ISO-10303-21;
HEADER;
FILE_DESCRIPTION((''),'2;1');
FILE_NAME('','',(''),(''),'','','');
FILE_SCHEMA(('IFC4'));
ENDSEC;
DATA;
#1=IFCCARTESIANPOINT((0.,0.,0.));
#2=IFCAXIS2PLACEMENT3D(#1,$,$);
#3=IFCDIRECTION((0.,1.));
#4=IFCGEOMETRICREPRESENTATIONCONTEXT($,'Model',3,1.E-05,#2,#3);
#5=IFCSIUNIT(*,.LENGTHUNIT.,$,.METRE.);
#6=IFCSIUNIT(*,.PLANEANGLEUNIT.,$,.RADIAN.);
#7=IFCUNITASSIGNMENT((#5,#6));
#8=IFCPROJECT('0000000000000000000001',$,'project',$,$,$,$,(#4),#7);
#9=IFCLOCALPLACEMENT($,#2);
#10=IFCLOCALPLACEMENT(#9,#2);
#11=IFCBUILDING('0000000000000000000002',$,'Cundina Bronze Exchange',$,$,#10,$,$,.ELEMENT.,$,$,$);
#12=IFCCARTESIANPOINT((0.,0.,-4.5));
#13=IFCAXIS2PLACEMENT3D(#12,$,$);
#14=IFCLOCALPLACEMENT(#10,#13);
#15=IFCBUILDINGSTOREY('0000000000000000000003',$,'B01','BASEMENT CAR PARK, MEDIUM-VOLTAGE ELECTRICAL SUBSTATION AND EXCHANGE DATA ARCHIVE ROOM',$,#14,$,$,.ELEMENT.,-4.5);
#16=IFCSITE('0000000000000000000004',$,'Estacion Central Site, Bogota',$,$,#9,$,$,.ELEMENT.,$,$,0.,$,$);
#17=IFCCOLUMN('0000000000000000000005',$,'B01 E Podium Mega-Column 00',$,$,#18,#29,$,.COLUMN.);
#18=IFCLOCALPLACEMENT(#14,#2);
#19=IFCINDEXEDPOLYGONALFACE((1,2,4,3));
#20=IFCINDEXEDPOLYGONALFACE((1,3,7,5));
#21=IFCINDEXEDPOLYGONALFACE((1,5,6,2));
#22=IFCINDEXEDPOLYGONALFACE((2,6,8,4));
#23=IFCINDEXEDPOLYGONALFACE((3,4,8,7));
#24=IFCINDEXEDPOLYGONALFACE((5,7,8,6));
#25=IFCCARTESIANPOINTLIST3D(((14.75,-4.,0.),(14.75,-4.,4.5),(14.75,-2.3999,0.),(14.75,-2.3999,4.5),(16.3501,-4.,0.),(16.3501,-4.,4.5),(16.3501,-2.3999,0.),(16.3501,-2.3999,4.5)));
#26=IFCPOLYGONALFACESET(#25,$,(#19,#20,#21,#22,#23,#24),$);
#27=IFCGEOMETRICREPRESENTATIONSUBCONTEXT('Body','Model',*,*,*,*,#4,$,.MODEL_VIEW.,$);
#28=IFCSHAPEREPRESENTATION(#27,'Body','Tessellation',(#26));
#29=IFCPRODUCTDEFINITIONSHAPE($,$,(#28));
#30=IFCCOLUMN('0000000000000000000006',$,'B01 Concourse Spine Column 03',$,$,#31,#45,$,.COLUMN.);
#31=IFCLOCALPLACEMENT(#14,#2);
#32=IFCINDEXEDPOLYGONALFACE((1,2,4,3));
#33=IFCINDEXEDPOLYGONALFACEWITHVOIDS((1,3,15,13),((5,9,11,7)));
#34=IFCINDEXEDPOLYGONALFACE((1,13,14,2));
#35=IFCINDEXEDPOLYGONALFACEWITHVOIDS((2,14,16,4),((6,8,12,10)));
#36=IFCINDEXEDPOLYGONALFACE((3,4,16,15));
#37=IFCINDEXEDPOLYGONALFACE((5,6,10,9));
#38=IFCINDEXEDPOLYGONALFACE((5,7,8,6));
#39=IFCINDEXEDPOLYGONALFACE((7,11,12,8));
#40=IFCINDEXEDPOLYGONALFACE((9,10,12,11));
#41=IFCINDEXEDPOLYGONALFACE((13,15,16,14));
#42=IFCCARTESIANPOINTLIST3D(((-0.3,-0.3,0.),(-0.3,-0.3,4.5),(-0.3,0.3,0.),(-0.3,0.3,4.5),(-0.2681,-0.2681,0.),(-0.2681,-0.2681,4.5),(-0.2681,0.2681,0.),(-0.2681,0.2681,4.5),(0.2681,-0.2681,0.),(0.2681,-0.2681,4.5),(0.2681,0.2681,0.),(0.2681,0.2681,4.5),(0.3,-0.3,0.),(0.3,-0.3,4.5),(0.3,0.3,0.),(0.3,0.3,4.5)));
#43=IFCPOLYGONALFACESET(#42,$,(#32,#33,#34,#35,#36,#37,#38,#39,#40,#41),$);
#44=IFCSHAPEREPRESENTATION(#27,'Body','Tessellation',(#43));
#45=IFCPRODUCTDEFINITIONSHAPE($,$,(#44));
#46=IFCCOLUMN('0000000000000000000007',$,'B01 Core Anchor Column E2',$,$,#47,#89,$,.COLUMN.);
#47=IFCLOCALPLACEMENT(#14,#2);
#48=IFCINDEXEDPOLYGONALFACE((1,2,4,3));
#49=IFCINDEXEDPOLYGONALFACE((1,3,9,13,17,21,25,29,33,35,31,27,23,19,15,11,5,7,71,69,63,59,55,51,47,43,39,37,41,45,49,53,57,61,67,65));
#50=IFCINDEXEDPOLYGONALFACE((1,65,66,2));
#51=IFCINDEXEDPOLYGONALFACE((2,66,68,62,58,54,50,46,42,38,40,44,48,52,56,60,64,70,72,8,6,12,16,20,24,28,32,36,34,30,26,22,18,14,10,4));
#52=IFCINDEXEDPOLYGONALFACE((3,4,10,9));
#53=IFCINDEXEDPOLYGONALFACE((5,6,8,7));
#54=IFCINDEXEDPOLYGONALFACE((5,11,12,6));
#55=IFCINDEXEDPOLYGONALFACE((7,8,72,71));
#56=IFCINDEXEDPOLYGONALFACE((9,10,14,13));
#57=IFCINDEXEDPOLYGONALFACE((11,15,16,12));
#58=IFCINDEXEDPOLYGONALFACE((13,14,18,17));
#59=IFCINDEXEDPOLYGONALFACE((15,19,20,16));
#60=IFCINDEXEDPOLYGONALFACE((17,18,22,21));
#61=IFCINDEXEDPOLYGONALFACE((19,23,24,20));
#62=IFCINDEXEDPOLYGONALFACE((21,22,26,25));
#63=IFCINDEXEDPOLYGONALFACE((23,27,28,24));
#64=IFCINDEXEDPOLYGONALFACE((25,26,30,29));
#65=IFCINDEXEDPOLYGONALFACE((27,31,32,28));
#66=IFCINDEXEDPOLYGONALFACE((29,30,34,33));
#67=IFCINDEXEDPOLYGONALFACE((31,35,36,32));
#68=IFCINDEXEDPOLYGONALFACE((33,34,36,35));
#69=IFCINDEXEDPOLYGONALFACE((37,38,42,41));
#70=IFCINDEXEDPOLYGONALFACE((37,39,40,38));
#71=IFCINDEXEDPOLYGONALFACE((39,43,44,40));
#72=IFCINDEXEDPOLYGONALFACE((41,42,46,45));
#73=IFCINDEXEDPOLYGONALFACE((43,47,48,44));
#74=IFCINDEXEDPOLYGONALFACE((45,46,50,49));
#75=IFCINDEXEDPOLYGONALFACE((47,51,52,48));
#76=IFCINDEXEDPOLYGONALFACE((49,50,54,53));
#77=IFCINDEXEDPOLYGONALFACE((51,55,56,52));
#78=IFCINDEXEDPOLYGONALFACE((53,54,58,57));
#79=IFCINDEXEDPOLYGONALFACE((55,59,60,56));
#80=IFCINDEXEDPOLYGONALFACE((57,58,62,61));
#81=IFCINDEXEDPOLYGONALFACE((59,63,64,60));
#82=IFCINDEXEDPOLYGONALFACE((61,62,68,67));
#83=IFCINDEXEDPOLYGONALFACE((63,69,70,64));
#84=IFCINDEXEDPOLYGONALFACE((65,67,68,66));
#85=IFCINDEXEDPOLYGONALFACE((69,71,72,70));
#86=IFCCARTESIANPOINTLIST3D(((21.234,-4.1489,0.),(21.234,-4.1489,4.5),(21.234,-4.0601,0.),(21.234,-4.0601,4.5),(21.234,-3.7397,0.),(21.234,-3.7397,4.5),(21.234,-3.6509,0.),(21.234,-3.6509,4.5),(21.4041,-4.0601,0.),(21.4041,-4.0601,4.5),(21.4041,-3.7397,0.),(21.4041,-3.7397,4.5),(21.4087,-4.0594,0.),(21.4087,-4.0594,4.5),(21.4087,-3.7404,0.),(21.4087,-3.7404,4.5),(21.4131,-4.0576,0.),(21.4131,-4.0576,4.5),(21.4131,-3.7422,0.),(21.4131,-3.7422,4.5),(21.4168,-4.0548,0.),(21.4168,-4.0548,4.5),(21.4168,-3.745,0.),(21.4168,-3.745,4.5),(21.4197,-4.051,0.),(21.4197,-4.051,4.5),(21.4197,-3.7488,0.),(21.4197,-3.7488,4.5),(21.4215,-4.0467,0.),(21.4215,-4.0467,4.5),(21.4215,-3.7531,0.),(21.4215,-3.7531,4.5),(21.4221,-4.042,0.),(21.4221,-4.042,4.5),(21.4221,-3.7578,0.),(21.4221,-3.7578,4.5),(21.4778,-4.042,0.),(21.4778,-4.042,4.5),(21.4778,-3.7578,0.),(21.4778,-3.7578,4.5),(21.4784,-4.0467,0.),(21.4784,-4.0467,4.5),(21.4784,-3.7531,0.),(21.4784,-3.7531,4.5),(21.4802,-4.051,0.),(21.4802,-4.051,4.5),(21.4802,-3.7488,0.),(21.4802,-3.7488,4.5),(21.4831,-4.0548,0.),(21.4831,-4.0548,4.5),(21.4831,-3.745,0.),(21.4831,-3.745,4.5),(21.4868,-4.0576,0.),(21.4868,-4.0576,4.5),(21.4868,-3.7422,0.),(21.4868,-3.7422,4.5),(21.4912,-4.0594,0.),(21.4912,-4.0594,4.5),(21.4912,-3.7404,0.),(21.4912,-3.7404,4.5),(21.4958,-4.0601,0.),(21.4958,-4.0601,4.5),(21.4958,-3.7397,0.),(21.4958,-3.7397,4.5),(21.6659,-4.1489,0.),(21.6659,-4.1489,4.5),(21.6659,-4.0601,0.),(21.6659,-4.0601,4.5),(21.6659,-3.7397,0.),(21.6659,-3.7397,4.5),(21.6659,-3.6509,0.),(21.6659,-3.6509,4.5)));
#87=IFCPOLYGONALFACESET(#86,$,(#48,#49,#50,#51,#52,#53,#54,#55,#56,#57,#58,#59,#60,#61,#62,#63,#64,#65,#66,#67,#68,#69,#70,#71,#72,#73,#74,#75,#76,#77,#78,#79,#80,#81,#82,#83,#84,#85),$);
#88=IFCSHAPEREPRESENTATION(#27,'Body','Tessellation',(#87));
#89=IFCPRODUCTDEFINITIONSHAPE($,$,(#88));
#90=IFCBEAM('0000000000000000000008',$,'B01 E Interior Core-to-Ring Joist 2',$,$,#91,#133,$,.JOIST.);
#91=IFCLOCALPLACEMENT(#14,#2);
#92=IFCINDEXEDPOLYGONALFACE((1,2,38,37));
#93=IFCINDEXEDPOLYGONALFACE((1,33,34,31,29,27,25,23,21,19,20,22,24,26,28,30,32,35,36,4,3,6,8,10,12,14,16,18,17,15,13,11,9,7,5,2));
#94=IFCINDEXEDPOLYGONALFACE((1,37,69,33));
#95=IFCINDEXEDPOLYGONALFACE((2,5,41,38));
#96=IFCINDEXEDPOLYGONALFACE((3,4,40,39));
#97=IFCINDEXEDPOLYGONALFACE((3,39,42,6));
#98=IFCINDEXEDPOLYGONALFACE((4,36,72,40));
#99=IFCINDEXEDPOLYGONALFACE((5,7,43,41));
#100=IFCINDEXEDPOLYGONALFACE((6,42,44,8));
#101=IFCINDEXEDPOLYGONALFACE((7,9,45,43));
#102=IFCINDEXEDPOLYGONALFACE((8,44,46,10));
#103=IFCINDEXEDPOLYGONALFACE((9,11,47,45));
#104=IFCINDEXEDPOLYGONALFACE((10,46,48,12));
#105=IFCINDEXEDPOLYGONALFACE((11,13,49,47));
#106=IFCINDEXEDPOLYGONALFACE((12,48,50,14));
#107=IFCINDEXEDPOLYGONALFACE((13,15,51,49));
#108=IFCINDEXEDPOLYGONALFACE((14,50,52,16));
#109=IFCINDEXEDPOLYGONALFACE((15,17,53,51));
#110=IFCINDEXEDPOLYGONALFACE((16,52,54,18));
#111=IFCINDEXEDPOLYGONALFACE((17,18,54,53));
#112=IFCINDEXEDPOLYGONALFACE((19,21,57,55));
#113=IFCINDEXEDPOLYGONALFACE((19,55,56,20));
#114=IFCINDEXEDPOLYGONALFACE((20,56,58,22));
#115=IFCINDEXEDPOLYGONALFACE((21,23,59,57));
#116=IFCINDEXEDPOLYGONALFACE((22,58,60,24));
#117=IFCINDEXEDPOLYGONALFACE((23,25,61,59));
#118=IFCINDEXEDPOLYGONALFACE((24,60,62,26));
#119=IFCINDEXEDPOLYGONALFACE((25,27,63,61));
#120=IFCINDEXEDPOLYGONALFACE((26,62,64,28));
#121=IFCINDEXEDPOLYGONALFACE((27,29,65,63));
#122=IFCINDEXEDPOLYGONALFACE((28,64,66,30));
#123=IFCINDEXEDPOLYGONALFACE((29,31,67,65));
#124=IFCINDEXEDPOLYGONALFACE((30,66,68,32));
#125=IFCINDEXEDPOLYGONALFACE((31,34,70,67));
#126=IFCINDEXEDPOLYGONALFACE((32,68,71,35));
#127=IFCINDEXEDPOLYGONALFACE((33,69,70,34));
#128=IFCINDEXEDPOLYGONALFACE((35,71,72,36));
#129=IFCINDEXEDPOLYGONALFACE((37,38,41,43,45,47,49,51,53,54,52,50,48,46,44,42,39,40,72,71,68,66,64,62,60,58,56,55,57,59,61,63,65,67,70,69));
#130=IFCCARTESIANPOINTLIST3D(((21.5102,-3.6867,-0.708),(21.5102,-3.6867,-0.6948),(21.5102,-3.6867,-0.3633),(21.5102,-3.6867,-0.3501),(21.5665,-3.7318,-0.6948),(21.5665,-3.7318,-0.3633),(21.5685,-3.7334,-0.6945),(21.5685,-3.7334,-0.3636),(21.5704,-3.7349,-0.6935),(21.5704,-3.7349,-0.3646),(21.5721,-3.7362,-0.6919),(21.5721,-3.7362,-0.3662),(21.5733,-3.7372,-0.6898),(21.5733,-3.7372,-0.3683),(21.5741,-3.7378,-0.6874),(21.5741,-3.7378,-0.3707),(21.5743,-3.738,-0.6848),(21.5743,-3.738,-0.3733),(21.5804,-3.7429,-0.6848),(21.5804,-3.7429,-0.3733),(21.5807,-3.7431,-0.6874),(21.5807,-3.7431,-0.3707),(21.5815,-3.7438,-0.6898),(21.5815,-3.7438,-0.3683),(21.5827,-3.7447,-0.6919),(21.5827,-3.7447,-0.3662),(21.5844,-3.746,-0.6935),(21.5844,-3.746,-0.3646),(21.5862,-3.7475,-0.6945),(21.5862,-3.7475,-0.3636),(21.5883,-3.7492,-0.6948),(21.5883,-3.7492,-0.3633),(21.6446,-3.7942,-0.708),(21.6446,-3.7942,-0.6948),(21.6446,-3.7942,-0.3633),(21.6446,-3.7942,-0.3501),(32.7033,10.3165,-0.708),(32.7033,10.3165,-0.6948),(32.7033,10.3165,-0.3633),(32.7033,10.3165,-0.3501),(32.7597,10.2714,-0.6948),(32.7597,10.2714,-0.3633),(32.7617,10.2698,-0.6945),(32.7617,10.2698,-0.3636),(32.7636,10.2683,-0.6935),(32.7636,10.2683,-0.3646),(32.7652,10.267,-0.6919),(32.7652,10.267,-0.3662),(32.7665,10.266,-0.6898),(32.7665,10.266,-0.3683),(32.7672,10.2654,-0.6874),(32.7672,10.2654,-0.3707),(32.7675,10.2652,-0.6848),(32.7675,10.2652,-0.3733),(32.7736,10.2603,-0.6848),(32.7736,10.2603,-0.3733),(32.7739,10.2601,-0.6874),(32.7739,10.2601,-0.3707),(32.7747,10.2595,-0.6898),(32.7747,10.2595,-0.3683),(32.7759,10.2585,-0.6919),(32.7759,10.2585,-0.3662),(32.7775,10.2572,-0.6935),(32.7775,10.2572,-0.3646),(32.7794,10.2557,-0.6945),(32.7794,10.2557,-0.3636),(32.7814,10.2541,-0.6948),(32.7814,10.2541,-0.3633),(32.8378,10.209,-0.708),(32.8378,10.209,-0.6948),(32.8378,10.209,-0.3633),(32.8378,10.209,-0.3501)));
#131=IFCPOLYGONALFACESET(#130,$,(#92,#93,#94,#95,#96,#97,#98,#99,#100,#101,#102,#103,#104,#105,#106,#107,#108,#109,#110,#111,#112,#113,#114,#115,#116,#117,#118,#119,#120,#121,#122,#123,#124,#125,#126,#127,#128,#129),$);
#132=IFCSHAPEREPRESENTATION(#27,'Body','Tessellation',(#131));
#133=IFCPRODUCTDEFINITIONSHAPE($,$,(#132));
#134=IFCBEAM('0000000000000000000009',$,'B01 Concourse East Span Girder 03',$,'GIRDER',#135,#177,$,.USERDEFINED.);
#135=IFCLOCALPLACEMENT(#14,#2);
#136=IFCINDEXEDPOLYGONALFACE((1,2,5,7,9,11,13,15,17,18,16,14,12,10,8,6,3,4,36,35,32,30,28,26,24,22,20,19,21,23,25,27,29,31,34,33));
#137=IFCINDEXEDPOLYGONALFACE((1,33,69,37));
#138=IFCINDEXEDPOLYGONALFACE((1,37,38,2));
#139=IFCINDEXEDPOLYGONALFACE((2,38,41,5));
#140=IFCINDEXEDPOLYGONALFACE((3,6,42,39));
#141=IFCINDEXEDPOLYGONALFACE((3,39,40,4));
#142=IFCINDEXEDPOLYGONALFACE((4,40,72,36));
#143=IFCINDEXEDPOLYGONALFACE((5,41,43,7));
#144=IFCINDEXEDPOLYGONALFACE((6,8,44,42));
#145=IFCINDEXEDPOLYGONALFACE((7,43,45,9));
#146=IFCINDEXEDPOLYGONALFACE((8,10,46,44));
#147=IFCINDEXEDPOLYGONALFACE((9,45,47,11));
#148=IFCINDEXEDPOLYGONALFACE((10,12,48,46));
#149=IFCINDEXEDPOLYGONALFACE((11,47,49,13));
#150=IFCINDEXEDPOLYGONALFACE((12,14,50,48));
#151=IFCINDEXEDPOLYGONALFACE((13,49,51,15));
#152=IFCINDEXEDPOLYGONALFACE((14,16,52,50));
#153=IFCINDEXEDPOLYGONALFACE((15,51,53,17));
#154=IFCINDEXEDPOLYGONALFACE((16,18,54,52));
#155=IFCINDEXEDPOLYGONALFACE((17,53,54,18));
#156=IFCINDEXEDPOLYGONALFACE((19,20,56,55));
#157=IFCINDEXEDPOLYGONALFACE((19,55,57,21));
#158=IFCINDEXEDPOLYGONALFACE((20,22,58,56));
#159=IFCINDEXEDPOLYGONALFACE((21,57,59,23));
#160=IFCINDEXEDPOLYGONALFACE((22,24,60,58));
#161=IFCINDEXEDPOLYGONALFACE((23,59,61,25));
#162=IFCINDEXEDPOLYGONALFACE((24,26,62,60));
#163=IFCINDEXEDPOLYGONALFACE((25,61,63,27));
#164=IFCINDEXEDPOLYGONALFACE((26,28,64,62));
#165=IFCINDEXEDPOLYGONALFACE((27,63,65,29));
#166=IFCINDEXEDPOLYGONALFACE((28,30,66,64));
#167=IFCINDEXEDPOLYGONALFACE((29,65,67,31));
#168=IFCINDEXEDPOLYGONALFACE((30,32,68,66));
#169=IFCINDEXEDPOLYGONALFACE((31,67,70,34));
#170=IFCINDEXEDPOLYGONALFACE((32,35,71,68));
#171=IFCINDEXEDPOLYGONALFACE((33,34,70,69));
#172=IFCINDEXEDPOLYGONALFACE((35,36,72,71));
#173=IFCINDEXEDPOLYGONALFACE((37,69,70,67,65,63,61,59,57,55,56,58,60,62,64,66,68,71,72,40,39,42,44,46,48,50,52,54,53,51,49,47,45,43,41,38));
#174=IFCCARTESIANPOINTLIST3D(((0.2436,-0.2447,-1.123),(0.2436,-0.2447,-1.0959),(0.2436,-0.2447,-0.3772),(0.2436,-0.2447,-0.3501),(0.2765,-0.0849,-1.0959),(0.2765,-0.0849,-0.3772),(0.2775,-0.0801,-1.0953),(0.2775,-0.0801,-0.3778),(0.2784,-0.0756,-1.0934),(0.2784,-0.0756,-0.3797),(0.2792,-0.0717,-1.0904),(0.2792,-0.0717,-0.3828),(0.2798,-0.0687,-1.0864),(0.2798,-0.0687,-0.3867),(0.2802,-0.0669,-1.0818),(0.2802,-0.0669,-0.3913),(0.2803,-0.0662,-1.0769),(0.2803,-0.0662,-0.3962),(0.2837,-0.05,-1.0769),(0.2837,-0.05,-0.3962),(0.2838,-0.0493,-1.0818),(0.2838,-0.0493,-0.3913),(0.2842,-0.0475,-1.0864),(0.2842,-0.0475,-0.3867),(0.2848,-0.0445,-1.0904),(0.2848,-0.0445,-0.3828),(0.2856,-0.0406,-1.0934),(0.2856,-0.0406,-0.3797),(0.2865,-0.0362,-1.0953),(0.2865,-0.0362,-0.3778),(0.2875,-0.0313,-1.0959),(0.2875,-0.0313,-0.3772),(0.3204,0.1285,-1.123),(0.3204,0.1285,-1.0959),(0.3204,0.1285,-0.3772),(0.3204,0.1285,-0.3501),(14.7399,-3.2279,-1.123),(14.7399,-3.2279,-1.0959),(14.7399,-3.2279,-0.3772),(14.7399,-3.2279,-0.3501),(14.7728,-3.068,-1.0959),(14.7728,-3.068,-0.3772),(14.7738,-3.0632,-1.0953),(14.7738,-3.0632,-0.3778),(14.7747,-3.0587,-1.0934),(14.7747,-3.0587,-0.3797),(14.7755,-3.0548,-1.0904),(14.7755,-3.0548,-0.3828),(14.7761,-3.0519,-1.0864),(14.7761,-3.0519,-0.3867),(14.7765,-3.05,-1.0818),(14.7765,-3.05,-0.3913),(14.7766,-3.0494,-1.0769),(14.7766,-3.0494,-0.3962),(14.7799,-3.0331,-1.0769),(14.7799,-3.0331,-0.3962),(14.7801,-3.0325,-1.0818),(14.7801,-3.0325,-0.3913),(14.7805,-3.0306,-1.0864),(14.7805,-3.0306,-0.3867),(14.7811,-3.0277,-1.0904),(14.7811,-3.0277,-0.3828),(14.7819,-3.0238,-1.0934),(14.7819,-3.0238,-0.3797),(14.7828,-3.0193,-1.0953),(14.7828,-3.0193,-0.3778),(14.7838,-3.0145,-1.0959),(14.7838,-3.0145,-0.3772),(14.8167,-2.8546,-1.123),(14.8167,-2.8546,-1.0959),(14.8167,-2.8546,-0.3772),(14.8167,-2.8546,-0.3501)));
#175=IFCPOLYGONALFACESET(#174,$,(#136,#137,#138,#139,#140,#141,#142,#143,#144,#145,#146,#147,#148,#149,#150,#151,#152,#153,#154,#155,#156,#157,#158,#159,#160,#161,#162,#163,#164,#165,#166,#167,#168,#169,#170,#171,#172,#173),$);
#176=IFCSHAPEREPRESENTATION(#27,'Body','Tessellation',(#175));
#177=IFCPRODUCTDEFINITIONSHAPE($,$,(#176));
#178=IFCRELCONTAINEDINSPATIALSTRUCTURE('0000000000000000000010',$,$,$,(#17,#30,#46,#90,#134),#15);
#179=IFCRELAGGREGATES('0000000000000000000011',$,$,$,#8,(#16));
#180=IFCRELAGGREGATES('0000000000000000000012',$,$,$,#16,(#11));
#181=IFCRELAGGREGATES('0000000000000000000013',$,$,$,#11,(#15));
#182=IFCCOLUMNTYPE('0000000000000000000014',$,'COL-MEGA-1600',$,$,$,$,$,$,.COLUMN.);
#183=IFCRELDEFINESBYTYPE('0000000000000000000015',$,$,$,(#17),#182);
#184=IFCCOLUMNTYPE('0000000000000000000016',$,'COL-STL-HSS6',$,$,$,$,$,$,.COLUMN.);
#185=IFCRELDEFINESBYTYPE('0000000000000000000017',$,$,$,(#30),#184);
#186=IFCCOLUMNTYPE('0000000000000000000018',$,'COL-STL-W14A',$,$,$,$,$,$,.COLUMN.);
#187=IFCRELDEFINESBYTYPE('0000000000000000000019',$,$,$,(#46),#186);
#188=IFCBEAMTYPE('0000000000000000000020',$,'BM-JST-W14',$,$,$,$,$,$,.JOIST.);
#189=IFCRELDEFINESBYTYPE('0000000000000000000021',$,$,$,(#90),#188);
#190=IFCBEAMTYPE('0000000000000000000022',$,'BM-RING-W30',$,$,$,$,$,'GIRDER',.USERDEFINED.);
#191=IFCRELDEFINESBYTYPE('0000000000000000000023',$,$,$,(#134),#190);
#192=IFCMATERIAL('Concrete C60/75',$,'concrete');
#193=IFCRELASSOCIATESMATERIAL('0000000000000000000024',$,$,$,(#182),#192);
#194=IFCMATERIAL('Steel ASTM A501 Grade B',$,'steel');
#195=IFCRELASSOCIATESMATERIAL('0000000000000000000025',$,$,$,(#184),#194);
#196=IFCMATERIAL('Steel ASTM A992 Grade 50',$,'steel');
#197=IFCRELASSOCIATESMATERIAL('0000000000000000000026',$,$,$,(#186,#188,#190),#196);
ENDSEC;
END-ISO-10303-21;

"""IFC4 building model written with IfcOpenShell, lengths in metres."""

from ifc_helpers import new_model, si_unit, direction, frame, origin, origin_with_axes, origin_2d, place, context, subcontext, project, spatial, rectangle, hollow_rectangle, i_section, extrude, material, material_profile, profile_set, type_object, element, save


model = new_model("IFC4")

# Units and contexts
model_context = context("Model", 3, precision=1e-05, world=origin(), true_north=direction((0.0, 1.0)))
body_context = subcontext(model_context, "Body", "Model", "MODEL_VIEW")
ifc_project = project(units=[si_unit("LENGTHUNIT", "METRE"), si_unit("PLANEANGLEUNIT", "RADIAN")], contexts=[model_context])

# Site, building, storey
site_placement = place(None, origin())
site = spatial("IfcSite", under=ifc_project, at=site_placement, Name="Estacion Central Site, Bogota", CompositionType="ELEMENT", RefElevation=0.0)
building_placement = place(site_placement, origin())
building = spatial("IfcBuilding", under=site, at=building_placement, Name="Cundina Bronze Exchange", CompositionType="ELEMENT")
storey_placement = place(building_placement, frame((0.0, 0.0, -4.5)))
storey = spatial("IfcBuildingStorey", under=building, at=storey_placement, Name="B01", Description="BASEMENT CAR PARK, MEDIUM-VOLTAGE ELECTRICAL SUBSTATION AND EXCHANGE DATA ARCHIVE ROOM", CompositionType="ELEMENT", Elevation=-4.5)

# Columns
ifc_material_1 = material(Name="Concrete C60/75", Category="concrete")
ifc_material_profile_1 = material_profile(ifc_material_1, rectangle(XDim=1.6001, YDim=1.6001, at=origin_2d()), Name="RC1600X1600", Category="concrete")
ifc_profile_set_1 = profile_set([ifc_material_profile_1], Name="Concrete C60/75")
column_type_1 = type_object("IfcColumnType", Name="COL-MEGA-1600", PredefinedType="COLUMN", material=ifc_profile_set_1)
column_1_placement = place(storey_placement, frame((15.55, -3.2, 0.0), z_axis=(0.0, 0.0, 1.0), x_axis=(1.0, 0.0, 0.0)))
element("IfcColumn", 1, at=column_1_placement, inside=storey, type_object=column_type_1, Name="B01 E Podium Mega-Column 00", PredefinedType="COLUMN", context=body_context, shape_type="SweptSolid", body=[
    extrude(rectangle(XDim=1.6001, YDim=1.6001, at=origin_2d()), origin(), (0.0, 0.0, 1.0), 4.5),
])
ifc_material_2 = material(Name="Steel ASTM A501 Grade B", Category="steel")
ifc_material_profile_2 = material_profile(ifc_material_2, hollow_rectangle(XDim=0.6001, YDim=0.6001, WallThickness=0.032, at=origin_2d()), Name="HSS600X600X32", Category="steel")
ifc_profile_set_2 = profile_set([ifc_material_profile_2], Name="Steel ASTM A501 Grade B")
column_type_2 = type_object("IfcColumnType", Name="COL-STL-HSS6", PredefinedType="COLUMN", material=ifc_profile_set_2)
column_2_placement = place(storey_placement, origin_with_axes())
element("IfcColumn", 2, at=column_2_placement, inside=storey, type_object=column_type_2, Name="B01 Concourse Spine Column 03", PredefinedType="COLUMN", context=body_context, shape_type="SweptSolid", body=[
    extrude(hollow_rectangle(XDim=0.6001, YDim=0.6001, WallThickness=0.032, at=origin_2d()), origin(), (0.0, 0.0, 1.0), 4.5),
])
ifc_material_3 = material(Name="Steel ASTM A992 Grade 50", Category="steel")
ifc_material_profile_3 = material_profile(ifc_material_3, i_section(OverallWidth=0.4319, OverallDepth=0.498, WebThickness=0.0557, FlangeThickness=0.0889, FilletRadius=0.0181, at=origin_2d()), Name="W14X500", Category="steel")
ifc_profile_set_3 = profile_set([ifc_material_profile_3], Name="Steel ASTM A992 Grade 50")
column_type_3 = type_object("IfcColumnType", Name="COL-STL-W14A", PredefinedType="COLUMN", material=ifc_profile_set_3)
column_3_placement = place(storey_placement, frame((21.45, -3.8999, 0.0), z_axis=(0.0, 0.0, 1.0), x_axis=(1.0, 0.0, 0.0)))
element("IfcColumn", 3, at=column_3_placement, inside=storey, type_object=column_type_3, Name="B01 Core Anchor Column E2", PredefinedType="COLUMN", context=body_context, shape_type="SweptSolid", body=[
    extrude(i_section(OverallWidth=0.4319, OverallDepth=0.498, WebThickness=0.0557, FlangeThickness=0.0889, FilletRadius=0.0181, at=origin_2d()), origin(), (0.0, 0.0, 1.0), 4.5),
])

# Beams
ifc_material_profile_4 = material_profile(ifc_material_3, i_section(OverallWidth=0.1721, OverallDepth=0.3579, WebThickness=0.0078, FlangeThickness=0.0132, FilletRadius=0.01, at=origin_2d()), Name="W14X38", Category="steel")
ifc_profile_set_4 = profile_set([ifc_material_profile_4], Name="Steel ASTM A992 Grade 50")
beam_type_1 = type_object("IfcBeamType", Name="BM-JST-W14", PredefinedType="JOIST", material=ifc_profile_set_4)
beam_1_placement = place(storey_placement, frame((21.5774, -3.7405, -0.5291), z_axis=(0.624374, 0.781125, 0.0), x_axis=(-0.781125, 0.624374, 0.0)))
element("IfcBeam", 4, at=beam_1_placement, inside=storey, type_object=beam_type_1, Name="B01 E Interior Core-to-Ring Joist 2", PredefinedType="JOIST", context=body_context, shape_type="SweptSolid", body=[
    extrude(i_section(OverallWidth=0.1721, OverallDepth=0.3579, WebThickness=0.0078, FlangeThickness=0.0132, FilletRadius=0.01, at=origin_2d()), origin(), (0.0, 0.0, 1.0), 17.927),
])
ifc_material_profile_5 = material_profile(ifc_material_3, i_section(OverallWidth=0.3811, OverallDepth=0.7729, WebThickness=0.0166, FlangeThickness=0.0271, FilletRadius=0.019, at=origin_2d()), Name="W30X173", Category="steel")
ifc_profile_set_5 = profile_set([ifc_material_profile_5], Name="Steel ASTM A992 Grade 50")
beam_type_2 = type_object("IfcBeamType", Name="BM-RING-W30", ElementType="GIRDER", PredefinedType="USERDEFINED", material=ifc_profile_set_5)
beam_2_placement = place(storey_placement, frame((0.282, -0.0581, -0.7366), z_axis=(0.979476, -0.201563, 0.0), x_axis=(0.201563, 0.979476, 0.0)))
element("IfcBeam", 5, at=beam_2_placement, inside=storey, type_object=beam_type_2, Name="B01 Concourse East Span Girder 03", ObjectType="GIRDER", PredefinedType="USERDEFINED", context=body_context, shape_type="SweptSolid", body=[
    extrude(i_section(OverallWidth=0.3811, OverallDepth=0.7729, WebThickness=0.0166, FlangeThickness=0.0271, FilletRadius=0.019, at=origin_2d()), origin(), (0.0, 0.0, 1.0), 14.8),
])

save(model, "model.ifc")
